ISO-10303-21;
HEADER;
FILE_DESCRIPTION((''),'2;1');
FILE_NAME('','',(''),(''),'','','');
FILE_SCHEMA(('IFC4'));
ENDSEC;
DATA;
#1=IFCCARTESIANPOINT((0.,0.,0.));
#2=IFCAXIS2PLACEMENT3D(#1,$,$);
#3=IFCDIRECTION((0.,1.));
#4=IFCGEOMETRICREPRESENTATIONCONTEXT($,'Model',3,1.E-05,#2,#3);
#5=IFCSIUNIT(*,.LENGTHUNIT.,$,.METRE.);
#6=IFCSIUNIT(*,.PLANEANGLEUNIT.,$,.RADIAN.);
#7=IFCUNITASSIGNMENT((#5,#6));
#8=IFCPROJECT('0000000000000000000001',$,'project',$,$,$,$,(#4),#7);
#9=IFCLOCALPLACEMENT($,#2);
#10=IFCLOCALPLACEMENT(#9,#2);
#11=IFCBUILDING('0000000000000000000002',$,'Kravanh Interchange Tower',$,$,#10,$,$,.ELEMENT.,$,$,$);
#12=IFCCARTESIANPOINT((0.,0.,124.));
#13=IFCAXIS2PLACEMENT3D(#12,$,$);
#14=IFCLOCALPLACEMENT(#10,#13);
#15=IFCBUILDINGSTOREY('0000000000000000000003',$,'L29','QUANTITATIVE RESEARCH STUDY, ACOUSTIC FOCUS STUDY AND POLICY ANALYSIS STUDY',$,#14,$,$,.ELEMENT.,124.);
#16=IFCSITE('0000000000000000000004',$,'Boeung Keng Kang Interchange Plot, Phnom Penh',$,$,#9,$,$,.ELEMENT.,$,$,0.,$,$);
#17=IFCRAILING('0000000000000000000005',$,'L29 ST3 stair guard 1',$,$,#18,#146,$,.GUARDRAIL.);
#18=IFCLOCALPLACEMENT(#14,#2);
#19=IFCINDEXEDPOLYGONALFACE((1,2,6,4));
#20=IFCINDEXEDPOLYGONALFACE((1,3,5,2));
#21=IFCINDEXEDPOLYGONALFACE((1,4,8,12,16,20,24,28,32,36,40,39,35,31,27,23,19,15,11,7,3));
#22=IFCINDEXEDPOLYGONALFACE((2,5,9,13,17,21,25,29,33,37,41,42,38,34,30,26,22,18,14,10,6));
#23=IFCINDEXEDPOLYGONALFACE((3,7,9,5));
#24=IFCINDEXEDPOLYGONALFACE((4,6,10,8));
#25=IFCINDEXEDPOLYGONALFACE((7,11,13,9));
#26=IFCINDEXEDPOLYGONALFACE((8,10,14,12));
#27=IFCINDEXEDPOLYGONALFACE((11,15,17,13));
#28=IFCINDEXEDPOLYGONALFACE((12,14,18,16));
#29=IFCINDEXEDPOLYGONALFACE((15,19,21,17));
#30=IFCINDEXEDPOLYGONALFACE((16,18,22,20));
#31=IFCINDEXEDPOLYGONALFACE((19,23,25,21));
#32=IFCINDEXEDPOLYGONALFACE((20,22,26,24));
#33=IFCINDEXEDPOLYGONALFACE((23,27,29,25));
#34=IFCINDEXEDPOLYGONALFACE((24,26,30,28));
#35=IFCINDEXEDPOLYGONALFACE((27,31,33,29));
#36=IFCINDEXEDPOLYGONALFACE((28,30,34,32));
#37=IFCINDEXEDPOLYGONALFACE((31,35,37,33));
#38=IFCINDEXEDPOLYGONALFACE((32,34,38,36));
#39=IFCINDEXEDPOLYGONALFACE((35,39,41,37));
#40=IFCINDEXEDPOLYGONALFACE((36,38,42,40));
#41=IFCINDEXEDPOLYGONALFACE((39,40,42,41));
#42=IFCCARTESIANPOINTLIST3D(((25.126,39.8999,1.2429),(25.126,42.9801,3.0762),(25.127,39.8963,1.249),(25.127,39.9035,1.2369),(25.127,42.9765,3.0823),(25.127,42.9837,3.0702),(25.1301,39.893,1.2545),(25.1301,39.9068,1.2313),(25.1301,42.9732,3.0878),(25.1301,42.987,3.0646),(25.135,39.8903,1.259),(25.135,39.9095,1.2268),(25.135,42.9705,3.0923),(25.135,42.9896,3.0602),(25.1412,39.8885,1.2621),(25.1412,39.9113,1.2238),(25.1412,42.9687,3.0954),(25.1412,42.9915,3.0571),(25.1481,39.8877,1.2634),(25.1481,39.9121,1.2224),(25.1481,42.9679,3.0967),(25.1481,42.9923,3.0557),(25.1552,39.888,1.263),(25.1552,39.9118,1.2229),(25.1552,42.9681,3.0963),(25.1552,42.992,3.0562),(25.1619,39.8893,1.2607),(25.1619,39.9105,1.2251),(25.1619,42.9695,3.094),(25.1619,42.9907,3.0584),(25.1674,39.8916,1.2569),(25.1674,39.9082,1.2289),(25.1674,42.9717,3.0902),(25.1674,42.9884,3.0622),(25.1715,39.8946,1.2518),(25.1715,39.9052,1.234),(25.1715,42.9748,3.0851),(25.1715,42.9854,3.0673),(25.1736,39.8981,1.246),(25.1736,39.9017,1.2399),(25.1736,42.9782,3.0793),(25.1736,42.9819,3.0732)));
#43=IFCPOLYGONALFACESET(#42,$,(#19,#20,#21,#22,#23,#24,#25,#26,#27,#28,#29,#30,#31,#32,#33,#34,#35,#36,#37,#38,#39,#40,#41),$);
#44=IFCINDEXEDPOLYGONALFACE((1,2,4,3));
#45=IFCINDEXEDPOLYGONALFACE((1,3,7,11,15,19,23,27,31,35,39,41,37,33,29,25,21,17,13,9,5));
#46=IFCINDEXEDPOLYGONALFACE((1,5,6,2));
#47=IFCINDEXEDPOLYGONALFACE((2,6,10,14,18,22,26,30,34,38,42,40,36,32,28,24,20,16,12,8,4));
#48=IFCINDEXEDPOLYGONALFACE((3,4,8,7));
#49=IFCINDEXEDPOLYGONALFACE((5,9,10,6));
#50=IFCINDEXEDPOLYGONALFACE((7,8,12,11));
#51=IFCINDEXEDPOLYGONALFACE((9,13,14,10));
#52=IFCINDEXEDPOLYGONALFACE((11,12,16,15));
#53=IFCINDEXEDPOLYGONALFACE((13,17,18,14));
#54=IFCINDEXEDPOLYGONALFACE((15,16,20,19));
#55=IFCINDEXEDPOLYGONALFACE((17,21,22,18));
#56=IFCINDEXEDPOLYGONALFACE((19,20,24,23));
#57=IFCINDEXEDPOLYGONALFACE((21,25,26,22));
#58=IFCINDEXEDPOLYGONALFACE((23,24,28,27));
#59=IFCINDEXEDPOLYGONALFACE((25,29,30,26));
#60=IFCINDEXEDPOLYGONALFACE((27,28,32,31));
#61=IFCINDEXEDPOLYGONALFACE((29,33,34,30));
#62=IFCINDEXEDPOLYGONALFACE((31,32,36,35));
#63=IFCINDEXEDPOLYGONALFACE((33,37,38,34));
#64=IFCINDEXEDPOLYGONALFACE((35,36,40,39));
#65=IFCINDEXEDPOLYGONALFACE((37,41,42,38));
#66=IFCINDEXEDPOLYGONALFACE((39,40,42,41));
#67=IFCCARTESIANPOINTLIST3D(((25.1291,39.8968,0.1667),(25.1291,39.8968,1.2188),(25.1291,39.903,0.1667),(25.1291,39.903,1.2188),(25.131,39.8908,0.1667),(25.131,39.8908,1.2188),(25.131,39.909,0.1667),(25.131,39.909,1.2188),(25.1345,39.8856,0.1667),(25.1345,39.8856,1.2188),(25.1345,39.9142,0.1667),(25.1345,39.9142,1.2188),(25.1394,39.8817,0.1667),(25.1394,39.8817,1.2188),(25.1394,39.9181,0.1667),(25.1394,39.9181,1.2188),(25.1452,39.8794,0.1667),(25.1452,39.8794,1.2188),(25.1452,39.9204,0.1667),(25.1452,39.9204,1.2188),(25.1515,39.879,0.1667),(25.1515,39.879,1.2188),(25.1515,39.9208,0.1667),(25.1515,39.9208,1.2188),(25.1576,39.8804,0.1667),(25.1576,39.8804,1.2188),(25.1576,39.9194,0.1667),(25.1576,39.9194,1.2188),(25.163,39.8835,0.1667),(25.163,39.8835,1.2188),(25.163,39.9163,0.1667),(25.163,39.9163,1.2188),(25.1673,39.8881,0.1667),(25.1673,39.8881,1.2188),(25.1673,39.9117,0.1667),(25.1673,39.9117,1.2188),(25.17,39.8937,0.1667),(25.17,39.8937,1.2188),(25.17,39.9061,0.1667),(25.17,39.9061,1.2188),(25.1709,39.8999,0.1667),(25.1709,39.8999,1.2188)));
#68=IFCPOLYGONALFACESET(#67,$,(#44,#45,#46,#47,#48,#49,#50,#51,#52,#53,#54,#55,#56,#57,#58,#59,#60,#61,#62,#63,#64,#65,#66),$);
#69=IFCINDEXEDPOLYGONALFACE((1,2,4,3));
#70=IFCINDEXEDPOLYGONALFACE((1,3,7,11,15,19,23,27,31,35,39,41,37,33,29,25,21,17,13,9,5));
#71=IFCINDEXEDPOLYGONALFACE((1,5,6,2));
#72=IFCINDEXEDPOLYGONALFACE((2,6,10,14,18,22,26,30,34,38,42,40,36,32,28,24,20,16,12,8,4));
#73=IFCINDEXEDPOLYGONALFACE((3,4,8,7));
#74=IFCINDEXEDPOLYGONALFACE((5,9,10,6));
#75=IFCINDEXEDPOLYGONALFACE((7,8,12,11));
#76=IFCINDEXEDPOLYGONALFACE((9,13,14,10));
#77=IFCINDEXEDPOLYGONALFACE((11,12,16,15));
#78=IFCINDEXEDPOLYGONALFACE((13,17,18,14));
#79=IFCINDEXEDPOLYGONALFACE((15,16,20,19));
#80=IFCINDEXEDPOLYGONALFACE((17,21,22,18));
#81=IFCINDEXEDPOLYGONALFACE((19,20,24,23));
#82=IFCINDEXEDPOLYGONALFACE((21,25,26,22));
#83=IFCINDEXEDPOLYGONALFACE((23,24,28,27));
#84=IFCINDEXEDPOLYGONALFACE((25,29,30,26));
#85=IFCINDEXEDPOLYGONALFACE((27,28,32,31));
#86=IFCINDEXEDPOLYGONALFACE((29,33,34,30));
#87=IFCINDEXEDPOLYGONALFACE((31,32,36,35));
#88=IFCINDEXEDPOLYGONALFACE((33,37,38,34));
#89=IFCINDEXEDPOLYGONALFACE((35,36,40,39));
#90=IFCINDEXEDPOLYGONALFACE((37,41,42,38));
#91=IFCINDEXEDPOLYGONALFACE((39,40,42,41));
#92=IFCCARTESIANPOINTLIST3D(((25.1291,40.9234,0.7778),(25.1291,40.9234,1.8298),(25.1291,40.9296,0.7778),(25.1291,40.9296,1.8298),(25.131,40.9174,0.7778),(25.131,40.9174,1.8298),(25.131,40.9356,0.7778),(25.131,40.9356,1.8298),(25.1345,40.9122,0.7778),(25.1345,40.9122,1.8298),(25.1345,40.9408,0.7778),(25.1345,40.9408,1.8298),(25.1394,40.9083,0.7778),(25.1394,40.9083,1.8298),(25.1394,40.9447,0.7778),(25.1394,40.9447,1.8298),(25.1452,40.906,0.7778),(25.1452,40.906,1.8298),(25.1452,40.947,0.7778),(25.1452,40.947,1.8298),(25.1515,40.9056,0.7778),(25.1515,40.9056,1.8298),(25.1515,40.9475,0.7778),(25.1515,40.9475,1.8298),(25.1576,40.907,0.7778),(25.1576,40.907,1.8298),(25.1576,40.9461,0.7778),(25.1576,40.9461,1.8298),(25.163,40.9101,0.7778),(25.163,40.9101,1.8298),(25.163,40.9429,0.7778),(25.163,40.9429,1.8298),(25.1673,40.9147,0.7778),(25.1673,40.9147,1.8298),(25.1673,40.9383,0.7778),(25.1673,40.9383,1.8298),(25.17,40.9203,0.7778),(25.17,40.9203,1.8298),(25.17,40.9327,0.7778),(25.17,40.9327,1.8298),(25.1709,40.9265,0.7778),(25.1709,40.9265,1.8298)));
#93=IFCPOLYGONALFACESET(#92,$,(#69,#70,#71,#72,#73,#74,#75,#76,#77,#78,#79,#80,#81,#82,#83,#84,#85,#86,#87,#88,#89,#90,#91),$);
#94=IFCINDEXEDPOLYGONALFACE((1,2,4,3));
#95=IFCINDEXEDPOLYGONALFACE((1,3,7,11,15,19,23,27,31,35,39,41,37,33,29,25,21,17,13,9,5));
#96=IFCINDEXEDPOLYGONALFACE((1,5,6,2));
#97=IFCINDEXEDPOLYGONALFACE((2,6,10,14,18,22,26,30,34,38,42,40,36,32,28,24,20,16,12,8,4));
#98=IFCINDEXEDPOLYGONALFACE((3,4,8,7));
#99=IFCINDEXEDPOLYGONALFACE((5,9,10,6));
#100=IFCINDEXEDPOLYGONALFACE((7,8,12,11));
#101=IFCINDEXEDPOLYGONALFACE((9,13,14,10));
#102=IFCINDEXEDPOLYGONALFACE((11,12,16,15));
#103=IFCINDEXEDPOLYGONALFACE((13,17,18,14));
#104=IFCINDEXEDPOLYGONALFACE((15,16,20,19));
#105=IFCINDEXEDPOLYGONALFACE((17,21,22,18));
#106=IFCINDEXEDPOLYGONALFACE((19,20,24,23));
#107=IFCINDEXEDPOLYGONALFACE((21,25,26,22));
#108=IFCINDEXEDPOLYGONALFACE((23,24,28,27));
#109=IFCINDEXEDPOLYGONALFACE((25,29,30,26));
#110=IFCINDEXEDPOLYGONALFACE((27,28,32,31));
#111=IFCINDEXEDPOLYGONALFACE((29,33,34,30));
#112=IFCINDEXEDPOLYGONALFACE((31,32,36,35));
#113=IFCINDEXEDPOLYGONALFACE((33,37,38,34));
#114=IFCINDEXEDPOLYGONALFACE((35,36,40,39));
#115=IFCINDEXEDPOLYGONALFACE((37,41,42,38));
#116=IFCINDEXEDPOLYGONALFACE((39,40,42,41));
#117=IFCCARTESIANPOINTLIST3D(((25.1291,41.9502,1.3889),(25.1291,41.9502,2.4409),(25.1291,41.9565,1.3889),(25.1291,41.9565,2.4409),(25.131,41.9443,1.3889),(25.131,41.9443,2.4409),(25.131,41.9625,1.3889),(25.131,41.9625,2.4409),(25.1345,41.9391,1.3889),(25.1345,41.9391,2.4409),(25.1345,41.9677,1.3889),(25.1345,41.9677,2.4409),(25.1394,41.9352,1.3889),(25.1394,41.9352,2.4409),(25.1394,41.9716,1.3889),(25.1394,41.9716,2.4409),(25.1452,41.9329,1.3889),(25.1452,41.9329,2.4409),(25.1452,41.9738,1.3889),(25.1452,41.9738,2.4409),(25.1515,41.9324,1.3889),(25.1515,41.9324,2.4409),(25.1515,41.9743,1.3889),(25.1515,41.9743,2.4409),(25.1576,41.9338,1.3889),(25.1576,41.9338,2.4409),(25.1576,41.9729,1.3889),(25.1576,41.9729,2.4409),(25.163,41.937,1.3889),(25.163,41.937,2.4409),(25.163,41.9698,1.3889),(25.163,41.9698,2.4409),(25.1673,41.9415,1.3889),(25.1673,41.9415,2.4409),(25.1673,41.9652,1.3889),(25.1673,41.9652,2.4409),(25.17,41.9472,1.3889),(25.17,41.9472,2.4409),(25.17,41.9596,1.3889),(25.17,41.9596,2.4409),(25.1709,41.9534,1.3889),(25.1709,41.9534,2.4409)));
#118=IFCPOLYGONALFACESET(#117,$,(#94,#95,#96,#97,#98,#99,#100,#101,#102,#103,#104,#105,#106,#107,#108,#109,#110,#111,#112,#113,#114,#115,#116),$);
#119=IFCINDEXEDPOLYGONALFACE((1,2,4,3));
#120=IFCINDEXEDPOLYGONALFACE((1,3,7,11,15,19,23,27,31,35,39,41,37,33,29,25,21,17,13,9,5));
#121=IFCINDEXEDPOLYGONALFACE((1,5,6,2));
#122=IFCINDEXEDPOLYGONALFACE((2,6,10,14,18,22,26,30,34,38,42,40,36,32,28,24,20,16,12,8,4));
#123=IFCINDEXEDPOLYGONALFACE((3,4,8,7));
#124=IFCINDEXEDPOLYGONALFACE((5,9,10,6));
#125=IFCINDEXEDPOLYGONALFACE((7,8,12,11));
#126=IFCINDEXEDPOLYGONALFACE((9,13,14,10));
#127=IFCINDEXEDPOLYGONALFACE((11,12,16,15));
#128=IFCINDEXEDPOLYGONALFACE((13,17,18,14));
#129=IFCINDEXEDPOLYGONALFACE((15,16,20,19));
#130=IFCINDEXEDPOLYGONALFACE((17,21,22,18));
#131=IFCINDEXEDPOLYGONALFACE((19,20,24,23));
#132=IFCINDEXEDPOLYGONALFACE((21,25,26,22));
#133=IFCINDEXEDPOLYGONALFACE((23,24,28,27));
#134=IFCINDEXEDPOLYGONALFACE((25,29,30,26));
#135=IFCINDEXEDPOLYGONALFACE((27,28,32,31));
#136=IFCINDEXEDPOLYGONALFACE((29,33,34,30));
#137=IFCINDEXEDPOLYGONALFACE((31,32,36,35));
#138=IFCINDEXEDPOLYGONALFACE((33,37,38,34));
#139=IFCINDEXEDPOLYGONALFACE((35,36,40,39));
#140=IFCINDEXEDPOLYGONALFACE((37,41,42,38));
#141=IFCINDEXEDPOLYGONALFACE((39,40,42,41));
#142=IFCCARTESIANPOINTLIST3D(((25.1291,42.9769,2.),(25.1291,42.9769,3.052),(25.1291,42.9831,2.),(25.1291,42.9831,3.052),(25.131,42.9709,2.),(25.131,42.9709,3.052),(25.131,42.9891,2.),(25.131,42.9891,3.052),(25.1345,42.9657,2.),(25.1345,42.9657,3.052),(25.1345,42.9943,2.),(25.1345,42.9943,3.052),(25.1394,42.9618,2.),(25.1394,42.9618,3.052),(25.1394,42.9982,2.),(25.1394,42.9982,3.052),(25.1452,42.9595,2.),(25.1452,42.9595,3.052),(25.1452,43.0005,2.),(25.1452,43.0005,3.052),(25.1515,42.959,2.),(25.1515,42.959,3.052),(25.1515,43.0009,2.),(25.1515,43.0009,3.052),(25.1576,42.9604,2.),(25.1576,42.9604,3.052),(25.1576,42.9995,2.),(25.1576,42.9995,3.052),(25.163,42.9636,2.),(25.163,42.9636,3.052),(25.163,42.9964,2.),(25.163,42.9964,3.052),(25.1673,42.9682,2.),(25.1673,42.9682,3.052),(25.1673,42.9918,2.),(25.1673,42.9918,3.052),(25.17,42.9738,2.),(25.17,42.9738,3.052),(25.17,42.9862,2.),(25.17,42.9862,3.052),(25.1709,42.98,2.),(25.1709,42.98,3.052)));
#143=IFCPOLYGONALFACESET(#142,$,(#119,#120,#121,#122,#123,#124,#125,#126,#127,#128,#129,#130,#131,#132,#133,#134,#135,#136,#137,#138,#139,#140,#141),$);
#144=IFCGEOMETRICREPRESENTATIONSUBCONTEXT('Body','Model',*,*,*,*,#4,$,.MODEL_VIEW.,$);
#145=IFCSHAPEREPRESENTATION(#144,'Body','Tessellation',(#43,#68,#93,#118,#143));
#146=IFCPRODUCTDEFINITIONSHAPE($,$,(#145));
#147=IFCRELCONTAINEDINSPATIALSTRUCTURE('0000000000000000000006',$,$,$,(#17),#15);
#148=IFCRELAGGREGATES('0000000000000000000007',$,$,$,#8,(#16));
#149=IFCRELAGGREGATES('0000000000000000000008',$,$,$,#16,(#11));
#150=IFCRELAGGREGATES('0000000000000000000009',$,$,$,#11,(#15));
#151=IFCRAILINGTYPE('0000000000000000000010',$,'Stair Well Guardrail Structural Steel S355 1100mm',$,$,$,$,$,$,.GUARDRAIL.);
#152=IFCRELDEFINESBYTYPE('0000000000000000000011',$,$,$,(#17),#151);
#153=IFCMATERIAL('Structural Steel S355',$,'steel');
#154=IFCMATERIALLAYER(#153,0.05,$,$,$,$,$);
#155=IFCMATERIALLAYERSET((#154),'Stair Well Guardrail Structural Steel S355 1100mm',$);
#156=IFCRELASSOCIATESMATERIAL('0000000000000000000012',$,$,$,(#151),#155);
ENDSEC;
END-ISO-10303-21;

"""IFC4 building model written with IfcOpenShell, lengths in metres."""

from ifc_helpers import new_model, si_unit, direction, frame, origin, origin_2d, place, context, subcontext, project, spatial, circle, extrude, material, layer, layer_set, type_object, element, save


model = new_model("IFC4")

# Units and contexts
model_context = context("Model", 3, precision=1e-05, world=origin(), true_north=direction((0.0, 1.0)))
body_context = subcontext(model_context, "Body", "Model", "MODEL_VIEW")
ifc_project = project(units=[si_unit("LENGTHUNIT", "METRE"), si_unit("PLANEANGLEUNIT", "RADIAN")], contexts=[model_context])

# Site, building, storey
site_placement = place(None, origin())
site = spatial("IfcSite", under=ifc_project, at=site_placement, Name="Boeung Keng Kang Interchange Plot, Phnom Penh", CompositionType="ELEMENT", RefElevation=0.0)
building_placement = place(site_placement, origin())
building = spatial("IfcBuilding", under=site, at=building_placement, Name="Kravanh Interchange Tower", CompositionType="ELEMENT")
storey_placement = place(building_placement, frame((0.0, 0.0, 124.0)))
storey = spatial("IfcBuildingStorey", under=building, at=storey_placement, Name="L29", Description="QUANTITATIVE RESEARCH STUDY, ACOUSTIC FOCUS STUDY AND POLICY ANALYSIS STUDY", CompositionType="ELEMENT", Elevation=124.0)

# Railing
ifc_material_1 = material(Name="Structural Steel S355", Category="steel")
ifc_layer_1 = layer(ifc_material_1, 0.05)
ifc_layer_set_1 = layer_set([ifc_layer_1], Name="Stair Well Guardrail Structural Steel S355 1100mm")
railing_type_1 = type_object("IfcRailingType", Name="Stair Well Guardrail Structural Steel S355 1100mm", PredefinedType="GUARDRAIL", material=ifc_layer_set_1)
railing_1_placement = place(storey_placement, frame((25.1499, 39.8999, 0.1667)))
element("IfcRailing", 1, at=railing_1_placement, inside=storey, type_object=railing_type_1, Name="L29 ST3 stair guard 1", PredefinedType="GUARDRAIL", context=body_context, shape_type="SweptSolid", body=[
    extrude(circle(Radius=0.0239, at=origin_2d()), frame((0.0, 0.0, 1.0762), z_axis=(0.0, 0.859309, 0.511458), x_axis=(-1.0, 0.0, 0.0)), (0.0, 0.0, 1.0), 3.5845),
    extrude(circle(Radius=0.021, at=origin_2d()), origin(), (0.0, 0.0, 1.0), 1.052),
    extrude(circle(Radius=0.021, at=origin_2d()), frame((0.0, 1.0266, 0.6111)), (0.0, 0.0, 1.0), 1.052),
    extrude(circle(Radius=0.021, at=origin_2d()), frame((0.0, 2.0535, 1.2222)), (0.0, 0.0, 1.0), 1.052),
    extrude(circle(Radius=0.021, at=origin_2d()), frame((0.0, 3.0801, 1.8333)), (0.0, 0.0, 1.0), 1.052),
])

save(model, "model.ifc")
